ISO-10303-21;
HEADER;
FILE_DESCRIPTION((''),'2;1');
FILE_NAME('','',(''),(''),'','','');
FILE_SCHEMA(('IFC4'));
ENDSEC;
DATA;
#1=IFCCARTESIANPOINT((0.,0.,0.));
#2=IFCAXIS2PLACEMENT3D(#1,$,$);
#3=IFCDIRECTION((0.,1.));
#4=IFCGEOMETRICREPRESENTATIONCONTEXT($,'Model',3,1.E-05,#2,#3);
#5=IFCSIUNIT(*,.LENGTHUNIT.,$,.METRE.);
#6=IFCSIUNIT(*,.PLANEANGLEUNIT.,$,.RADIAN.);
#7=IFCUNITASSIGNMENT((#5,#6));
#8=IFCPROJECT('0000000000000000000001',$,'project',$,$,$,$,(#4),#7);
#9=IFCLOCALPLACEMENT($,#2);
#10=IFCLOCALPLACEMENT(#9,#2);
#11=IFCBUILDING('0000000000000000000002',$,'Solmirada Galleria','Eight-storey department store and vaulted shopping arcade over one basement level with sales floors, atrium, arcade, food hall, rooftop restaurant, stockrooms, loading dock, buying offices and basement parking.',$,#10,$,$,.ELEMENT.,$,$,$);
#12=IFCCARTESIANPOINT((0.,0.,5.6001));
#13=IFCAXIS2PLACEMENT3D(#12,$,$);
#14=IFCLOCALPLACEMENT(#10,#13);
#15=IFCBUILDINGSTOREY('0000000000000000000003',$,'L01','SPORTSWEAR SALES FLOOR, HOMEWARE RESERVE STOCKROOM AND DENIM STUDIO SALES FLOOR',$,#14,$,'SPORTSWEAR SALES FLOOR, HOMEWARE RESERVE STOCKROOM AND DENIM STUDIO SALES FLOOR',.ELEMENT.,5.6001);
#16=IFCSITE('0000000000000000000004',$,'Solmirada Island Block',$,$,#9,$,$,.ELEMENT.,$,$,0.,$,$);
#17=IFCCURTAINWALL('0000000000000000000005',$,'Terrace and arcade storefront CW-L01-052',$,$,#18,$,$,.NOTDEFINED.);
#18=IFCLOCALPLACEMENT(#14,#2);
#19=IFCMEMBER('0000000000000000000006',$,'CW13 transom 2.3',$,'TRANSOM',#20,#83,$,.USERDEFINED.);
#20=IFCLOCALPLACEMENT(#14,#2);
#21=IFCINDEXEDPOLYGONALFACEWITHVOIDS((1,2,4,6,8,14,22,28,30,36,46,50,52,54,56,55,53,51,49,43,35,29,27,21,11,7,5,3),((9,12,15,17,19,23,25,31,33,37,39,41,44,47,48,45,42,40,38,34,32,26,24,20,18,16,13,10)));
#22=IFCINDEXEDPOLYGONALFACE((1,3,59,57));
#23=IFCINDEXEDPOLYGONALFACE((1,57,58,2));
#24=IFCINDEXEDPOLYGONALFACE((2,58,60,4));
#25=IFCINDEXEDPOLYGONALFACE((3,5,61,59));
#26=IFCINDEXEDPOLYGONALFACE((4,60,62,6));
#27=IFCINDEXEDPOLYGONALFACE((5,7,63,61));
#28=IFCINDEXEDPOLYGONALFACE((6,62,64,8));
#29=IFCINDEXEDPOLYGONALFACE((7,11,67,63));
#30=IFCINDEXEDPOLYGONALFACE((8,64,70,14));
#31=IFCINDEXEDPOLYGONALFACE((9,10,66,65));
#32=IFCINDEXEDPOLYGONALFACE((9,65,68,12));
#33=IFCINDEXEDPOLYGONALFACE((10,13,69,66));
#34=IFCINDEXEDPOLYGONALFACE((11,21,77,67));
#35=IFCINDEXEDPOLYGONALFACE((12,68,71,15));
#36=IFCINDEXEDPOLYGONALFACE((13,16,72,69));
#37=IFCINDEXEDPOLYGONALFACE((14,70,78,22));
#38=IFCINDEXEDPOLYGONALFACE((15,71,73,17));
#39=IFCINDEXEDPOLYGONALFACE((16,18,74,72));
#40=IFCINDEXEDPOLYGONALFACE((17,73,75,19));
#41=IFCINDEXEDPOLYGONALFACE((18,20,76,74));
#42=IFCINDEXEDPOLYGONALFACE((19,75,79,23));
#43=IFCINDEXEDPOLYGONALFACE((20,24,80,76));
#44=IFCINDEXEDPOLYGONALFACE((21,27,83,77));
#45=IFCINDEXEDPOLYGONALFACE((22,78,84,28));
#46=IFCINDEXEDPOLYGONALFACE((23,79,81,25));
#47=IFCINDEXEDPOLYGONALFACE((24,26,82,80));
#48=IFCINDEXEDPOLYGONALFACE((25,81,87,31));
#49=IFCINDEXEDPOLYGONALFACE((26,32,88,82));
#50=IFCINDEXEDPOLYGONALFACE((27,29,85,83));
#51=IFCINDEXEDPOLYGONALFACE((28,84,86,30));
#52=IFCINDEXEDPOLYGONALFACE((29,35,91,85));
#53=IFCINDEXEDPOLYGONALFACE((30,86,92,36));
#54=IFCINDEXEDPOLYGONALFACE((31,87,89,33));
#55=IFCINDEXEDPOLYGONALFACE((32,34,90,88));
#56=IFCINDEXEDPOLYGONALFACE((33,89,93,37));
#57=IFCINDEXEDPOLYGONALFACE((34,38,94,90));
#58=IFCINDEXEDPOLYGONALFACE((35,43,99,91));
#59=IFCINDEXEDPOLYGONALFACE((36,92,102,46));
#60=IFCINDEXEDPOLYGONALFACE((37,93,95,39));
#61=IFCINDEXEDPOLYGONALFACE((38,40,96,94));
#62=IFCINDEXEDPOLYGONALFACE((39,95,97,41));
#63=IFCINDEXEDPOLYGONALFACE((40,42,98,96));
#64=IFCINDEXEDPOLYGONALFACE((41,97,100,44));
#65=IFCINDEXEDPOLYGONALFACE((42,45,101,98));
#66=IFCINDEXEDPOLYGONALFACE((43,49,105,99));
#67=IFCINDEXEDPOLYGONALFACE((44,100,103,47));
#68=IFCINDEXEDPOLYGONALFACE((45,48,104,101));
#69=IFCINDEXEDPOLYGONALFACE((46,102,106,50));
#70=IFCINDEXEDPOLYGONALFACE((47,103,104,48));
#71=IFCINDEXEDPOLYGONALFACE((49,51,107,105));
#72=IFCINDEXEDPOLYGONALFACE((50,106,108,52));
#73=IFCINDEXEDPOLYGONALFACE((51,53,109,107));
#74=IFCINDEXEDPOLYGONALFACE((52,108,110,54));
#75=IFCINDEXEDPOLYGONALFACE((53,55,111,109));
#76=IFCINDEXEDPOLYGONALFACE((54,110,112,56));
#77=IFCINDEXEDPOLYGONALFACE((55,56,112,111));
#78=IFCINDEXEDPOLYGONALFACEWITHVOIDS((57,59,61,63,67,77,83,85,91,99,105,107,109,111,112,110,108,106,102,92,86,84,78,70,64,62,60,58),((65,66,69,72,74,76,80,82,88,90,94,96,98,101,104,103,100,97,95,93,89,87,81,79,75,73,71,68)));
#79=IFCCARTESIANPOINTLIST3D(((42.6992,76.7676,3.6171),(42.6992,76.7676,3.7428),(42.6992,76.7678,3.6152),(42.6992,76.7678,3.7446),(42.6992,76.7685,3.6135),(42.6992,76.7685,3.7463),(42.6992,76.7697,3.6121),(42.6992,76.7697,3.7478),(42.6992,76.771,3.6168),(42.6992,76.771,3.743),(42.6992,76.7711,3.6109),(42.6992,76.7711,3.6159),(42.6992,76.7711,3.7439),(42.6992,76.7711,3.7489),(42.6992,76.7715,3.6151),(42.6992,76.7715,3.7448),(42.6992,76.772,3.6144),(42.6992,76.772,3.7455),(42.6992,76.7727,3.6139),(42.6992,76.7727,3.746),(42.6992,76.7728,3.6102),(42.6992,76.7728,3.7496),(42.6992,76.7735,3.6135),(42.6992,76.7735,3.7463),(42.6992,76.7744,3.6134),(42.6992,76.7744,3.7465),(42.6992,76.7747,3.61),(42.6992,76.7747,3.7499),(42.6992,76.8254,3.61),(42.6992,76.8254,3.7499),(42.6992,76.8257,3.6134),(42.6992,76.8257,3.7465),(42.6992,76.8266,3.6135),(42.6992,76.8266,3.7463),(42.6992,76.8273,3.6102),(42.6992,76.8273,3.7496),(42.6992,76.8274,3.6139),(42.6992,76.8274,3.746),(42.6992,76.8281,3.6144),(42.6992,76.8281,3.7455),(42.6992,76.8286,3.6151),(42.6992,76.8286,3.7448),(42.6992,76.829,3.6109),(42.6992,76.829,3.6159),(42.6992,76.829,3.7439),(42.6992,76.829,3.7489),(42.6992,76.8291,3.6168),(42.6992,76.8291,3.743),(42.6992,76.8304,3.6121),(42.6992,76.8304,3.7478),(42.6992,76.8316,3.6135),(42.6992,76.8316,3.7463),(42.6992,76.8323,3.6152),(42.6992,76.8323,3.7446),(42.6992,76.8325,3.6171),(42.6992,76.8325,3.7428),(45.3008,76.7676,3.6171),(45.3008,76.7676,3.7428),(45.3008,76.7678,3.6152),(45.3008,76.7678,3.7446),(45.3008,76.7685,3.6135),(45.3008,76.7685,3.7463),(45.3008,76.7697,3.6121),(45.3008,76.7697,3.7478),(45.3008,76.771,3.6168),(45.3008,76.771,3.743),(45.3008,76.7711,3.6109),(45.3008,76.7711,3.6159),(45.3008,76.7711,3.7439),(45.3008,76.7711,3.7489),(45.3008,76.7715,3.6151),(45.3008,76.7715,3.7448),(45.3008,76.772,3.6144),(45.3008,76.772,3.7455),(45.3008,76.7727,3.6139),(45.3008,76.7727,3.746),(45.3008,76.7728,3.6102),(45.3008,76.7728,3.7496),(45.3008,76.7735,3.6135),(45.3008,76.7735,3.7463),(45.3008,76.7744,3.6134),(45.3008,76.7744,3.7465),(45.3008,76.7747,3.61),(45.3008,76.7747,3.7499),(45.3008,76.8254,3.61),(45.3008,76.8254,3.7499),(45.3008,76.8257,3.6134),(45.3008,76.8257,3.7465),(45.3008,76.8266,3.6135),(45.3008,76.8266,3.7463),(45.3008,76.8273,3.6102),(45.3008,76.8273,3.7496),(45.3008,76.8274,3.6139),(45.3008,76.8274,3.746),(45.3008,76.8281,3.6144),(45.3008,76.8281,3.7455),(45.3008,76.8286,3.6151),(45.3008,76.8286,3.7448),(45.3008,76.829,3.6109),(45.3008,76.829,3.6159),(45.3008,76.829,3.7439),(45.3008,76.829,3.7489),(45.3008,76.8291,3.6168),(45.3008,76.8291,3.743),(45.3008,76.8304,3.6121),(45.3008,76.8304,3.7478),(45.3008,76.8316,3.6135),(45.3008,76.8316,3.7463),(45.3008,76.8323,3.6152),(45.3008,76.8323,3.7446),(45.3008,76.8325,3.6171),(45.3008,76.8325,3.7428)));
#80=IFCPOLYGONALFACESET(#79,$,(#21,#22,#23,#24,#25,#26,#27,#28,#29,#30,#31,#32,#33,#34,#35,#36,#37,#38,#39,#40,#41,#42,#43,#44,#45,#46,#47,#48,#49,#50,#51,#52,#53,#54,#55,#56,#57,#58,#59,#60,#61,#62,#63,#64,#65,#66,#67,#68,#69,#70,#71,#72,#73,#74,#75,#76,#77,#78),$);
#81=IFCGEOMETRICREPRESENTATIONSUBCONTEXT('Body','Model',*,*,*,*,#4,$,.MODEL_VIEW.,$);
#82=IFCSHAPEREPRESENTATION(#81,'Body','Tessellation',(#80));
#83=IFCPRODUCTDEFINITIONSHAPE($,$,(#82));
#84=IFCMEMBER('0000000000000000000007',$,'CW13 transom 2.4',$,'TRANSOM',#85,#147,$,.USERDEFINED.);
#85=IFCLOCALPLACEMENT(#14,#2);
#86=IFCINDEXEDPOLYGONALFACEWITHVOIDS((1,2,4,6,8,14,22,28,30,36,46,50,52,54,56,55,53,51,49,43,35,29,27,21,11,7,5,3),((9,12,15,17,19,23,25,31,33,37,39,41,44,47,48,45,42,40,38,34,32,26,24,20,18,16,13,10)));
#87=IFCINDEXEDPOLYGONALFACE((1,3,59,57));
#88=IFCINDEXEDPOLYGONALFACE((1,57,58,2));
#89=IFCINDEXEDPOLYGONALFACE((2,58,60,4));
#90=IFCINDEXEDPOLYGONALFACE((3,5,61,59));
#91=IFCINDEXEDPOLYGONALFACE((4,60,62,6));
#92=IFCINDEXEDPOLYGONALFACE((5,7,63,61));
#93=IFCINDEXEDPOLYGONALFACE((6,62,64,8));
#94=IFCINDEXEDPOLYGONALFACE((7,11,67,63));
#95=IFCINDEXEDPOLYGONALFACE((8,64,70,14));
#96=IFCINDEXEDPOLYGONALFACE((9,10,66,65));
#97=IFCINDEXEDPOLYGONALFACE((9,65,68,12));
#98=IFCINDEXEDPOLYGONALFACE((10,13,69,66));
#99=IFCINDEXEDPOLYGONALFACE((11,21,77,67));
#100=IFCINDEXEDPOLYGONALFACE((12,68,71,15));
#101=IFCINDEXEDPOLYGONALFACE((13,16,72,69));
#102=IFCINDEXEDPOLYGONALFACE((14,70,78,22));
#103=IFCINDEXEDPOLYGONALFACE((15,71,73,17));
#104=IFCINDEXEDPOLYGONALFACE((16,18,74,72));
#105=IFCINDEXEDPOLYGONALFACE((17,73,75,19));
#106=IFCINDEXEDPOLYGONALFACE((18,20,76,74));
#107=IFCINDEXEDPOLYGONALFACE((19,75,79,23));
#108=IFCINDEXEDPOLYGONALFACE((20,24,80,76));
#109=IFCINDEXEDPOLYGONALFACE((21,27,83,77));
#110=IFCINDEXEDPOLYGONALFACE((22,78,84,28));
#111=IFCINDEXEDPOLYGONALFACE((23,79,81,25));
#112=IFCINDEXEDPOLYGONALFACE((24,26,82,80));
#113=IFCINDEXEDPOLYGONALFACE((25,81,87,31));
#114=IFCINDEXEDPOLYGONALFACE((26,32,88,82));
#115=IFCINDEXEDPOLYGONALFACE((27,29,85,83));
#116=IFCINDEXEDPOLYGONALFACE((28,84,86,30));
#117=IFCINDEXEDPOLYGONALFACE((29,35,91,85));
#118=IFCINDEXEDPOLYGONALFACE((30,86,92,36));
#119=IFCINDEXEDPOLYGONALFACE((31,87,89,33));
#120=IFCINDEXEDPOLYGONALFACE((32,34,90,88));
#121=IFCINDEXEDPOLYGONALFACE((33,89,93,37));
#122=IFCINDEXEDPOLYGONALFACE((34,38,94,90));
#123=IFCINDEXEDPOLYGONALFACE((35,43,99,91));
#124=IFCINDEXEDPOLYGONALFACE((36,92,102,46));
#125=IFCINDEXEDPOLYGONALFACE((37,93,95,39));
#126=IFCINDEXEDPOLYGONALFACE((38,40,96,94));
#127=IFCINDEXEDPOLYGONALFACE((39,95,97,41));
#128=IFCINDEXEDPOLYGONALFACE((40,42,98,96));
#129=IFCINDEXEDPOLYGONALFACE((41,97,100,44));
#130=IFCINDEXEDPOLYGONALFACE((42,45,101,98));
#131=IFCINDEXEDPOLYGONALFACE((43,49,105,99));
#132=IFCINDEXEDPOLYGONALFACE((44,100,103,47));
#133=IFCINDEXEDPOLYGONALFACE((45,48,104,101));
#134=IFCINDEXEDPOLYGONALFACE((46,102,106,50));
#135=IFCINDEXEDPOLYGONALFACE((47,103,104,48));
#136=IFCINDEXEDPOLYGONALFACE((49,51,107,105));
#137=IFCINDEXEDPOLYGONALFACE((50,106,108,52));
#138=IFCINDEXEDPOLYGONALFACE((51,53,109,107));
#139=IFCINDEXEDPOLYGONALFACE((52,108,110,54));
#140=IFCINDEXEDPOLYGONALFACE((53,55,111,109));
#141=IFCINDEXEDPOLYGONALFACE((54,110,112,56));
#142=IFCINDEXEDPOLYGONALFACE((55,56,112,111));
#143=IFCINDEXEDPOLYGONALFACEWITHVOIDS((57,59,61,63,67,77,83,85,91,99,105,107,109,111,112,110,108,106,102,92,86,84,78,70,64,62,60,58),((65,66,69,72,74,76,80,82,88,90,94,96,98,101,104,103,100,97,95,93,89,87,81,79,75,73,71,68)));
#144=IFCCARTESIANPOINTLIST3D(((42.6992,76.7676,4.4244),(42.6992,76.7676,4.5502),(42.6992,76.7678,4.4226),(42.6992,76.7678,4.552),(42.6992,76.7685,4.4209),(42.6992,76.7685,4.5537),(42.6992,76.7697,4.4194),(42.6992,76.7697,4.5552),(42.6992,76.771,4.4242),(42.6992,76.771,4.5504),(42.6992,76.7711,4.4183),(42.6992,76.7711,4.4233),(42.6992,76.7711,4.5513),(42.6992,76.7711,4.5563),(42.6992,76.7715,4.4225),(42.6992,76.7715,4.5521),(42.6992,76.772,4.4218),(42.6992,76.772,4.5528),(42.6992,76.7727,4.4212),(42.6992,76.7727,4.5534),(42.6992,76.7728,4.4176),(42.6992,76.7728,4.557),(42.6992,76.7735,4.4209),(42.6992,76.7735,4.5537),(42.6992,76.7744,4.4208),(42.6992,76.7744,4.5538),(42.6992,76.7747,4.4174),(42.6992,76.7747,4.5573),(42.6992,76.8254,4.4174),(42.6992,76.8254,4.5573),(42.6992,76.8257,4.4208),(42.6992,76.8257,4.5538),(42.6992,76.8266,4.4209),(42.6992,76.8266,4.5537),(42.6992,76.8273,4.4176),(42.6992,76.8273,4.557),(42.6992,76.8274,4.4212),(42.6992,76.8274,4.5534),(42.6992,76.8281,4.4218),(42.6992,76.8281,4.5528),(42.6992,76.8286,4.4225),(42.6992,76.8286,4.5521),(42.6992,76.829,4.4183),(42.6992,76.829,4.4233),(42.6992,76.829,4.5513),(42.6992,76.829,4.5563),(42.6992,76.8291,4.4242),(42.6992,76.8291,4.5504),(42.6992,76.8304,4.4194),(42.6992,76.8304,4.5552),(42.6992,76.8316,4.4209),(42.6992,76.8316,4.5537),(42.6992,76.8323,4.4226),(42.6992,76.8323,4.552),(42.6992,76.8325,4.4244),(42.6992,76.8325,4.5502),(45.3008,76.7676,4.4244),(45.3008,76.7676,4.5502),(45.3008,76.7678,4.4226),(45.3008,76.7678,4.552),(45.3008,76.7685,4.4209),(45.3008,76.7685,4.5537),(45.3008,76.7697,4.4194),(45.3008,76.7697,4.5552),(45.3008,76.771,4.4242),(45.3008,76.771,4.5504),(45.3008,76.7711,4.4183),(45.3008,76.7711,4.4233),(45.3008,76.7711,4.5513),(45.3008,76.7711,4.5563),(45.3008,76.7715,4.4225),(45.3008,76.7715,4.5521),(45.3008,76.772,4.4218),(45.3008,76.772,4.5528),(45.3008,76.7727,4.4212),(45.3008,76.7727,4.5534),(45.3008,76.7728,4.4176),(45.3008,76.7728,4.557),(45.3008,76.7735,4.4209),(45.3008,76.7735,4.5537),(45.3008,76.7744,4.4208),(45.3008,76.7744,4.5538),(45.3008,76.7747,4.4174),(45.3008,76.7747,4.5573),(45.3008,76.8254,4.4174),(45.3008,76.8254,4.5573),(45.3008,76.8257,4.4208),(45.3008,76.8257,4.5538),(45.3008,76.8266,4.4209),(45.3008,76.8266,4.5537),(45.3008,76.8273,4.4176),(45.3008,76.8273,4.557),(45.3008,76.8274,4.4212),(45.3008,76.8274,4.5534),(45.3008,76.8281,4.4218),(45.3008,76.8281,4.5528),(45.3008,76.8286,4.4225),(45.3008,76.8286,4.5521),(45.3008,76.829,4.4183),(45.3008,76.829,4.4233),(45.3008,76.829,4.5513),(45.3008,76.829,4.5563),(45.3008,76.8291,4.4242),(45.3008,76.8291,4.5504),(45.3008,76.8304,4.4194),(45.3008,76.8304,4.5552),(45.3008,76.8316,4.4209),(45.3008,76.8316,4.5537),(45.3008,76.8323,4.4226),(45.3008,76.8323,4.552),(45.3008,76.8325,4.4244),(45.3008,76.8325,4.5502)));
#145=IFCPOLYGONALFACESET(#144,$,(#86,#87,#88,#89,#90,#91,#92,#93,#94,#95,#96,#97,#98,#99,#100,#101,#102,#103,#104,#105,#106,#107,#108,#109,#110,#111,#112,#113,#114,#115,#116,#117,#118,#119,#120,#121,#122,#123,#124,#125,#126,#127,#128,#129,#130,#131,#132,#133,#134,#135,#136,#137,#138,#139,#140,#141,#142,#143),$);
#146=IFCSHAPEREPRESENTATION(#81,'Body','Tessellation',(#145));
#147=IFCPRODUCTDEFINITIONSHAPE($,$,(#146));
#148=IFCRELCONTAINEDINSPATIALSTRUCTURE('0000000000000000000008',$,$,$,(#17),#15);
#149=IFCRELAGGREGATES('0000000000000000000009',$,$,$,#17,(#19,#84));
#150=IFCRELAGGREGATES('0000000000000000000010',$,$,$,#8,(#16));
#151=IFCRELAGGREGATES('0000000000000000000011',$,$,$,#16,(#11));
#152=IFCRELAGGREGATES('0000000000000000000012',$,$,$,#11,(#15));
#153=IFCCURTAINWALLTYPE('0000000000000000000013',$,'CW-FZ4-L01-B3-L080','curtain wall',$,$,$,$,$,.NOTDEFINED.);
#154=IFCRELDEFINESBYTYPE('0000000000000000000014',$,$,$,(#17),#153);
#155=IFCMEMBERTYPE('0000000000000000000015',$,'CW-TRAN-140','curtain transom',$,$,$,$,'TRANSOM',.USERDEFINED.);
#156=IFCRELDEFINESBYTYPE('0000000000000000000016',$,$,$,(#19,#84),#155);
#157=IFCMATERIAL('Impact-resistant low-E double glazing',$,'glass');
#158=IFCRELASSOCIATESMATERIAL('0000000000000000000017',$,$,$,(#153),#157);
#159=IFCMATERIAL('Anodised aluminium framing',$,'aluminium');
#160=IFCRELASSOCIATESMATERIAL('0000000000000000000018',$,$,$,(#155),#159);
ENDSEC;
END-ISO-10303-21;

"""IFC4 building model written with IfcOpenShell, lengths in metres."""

from ifc_helpers import new_model, si_unit, direction, frame, origin, origin_2d, place, context, subcontext, project, spatial, hollow_rectangle, extrude, material, material_profile, profile_set, type_object, element, aggregate, save


model = new_model("IFC4")

# Units and contexts
model_context = context("Model", 3, precision=1e-05, world=origin(), true_north=direction((0.0, 1.0)))
body_context = subcontext(model_context, "Body", "Model", "MODEL_VIEW")
ifc_project = project(units=[si_unit("LENGTHUNIT", "METRE"), si_unit("PLANEANGLEUNIT", "RADIAN")], contexts=[model_context])

# Site, building, storey
site_placement = place(None, origin())
site = spatial("IfcSite", under=ifc_project, at=site_placement, Name="Solmirada Island Block", CompositionType="ELEMENT", RefElevation=0.0)
building_placement = place(site_placement, origin())
building = spatial("IfcBuilding", under=site, at=building_placement, Name="Solmirada Galleria", Description="Eight-storey department store and vaulted shopping arcade over one basement level with sales floors, atrium, arcade, food hall, rooftop restaurant, stockrooms, loading dock, buying offices and basement parking.", CompositionType="ELEMENT")
storey_placement = place(building_placement, frame((0.0, 0.0, 5.6001)))
storey = spatial("IfcBuildingStorey", under=building, at=storey_placement, Name="L01", Description="SPORTSWEAR SALES FLOOR, HOMEWARE RESERVE STOCKROOM AND DENIM STUDIO SALES FLOOR", LongName="SPORTSWEAR SALES FLOOR, HOMEWARE RESERVE STOCKROOM AND DENIM STUDIO SALES FLOOR", CompositionType="ELEMENT", Elevation=5.6001)

# Curtain wall, members
ifc_material_1 = material(Name="Impact-resistant low-E double glazing", Category="glass")
curtain_wall_type = type_object("IfcCurtainWallType", Name="CW-FZ4-L01-B3-L080", Description="curtain wall", PredefinedType="NOTDEFINED", material=ifc_material_1)
curtain_wall_placement = place(storey_placement, origin())
curtain_wall = element("IfcCurtainWall", 1, at=curtain_wall_placement, inside=storey, type_object=curtain_wall_type, Name="Terrace and arcade storefront CW-L01-052", PredefinedType="NOTDEFINED")
ifc_material_2 = material(Name="Anodised aluminium framing", Category="aluminium")
ifc_material_profile_1 = material_profile(ifc_material_2, hollow_rectangle(XDim=0.0649, YDim=0.1399, WallThickness=0.0034, InnerFilletRadius=0.0034, OuterFilletRadius=0.0071, at=origin_2d()), Name="ALU-TRAN-140X65")
ifc_profile_set_1 = profile_set([ifc_material_profile_1], Name="Anodised aluminium framing")
member_type_1 = type_object("IfcMemberType", Name="CW-TRAN-140", Description="curtain transom", ElementType="TRANSOM", PredefinedType="USERDEFINED", material=ifc_profile_set_1)
member_1_placement = place(storey_placement, frame((45.3008, 76.8, 3.6799), z_axis=(-1.0, 0.0, 0.0), x_axis=(0.0, -1.0, 0.0)))
member_1 = element("IfcMember", 2, at=member_1_placement, type_object=member_type_1, Name="CW13 transom 2.3", ObjectType="TRANSOM", PredefinedType="USERDEFINED", context=body_context, shape_type="SweptSolid", body=[
    extrude(hollow_rectangle(XDim=0.0649, YDim=0.1399, WallThickness=0.0034, InnerFilletRadius=0.0034, OuterFilletRadius=0.0071, at=origin_2d()), origin(), (0.0, 0.0, 1.0), 2.6016),
])
member_2_placement = place(storey_placement, frame((45.3008, 76.8, 4.4873), z_axis=(-1.0, 0.0, 0.0), x_axis=(0.0, -1.0, 0.0)))
member_2 = element("IfcMember", 3, at=member_2_placement, type_object=member_type_1, Name="CW13 transom 2.4", ObjectType="TRANSOM", PredefinedType="USERDEFINED", context=body_context, shape_type="SweptSolid", body=[
    extrude(hollow_rectangle(XDim=0.0649, YDim=0.1399, WallThickness=0.0034, InnerFilletRadius=0.0034, OuterFilletRadius=0.0071, at=origin_2d()), origin(), (0.0, 0.0, 1.0), 2.6016),
])
aggregate(curtain_wall, [member_1, member_2])

save(model, "model.ifc")
